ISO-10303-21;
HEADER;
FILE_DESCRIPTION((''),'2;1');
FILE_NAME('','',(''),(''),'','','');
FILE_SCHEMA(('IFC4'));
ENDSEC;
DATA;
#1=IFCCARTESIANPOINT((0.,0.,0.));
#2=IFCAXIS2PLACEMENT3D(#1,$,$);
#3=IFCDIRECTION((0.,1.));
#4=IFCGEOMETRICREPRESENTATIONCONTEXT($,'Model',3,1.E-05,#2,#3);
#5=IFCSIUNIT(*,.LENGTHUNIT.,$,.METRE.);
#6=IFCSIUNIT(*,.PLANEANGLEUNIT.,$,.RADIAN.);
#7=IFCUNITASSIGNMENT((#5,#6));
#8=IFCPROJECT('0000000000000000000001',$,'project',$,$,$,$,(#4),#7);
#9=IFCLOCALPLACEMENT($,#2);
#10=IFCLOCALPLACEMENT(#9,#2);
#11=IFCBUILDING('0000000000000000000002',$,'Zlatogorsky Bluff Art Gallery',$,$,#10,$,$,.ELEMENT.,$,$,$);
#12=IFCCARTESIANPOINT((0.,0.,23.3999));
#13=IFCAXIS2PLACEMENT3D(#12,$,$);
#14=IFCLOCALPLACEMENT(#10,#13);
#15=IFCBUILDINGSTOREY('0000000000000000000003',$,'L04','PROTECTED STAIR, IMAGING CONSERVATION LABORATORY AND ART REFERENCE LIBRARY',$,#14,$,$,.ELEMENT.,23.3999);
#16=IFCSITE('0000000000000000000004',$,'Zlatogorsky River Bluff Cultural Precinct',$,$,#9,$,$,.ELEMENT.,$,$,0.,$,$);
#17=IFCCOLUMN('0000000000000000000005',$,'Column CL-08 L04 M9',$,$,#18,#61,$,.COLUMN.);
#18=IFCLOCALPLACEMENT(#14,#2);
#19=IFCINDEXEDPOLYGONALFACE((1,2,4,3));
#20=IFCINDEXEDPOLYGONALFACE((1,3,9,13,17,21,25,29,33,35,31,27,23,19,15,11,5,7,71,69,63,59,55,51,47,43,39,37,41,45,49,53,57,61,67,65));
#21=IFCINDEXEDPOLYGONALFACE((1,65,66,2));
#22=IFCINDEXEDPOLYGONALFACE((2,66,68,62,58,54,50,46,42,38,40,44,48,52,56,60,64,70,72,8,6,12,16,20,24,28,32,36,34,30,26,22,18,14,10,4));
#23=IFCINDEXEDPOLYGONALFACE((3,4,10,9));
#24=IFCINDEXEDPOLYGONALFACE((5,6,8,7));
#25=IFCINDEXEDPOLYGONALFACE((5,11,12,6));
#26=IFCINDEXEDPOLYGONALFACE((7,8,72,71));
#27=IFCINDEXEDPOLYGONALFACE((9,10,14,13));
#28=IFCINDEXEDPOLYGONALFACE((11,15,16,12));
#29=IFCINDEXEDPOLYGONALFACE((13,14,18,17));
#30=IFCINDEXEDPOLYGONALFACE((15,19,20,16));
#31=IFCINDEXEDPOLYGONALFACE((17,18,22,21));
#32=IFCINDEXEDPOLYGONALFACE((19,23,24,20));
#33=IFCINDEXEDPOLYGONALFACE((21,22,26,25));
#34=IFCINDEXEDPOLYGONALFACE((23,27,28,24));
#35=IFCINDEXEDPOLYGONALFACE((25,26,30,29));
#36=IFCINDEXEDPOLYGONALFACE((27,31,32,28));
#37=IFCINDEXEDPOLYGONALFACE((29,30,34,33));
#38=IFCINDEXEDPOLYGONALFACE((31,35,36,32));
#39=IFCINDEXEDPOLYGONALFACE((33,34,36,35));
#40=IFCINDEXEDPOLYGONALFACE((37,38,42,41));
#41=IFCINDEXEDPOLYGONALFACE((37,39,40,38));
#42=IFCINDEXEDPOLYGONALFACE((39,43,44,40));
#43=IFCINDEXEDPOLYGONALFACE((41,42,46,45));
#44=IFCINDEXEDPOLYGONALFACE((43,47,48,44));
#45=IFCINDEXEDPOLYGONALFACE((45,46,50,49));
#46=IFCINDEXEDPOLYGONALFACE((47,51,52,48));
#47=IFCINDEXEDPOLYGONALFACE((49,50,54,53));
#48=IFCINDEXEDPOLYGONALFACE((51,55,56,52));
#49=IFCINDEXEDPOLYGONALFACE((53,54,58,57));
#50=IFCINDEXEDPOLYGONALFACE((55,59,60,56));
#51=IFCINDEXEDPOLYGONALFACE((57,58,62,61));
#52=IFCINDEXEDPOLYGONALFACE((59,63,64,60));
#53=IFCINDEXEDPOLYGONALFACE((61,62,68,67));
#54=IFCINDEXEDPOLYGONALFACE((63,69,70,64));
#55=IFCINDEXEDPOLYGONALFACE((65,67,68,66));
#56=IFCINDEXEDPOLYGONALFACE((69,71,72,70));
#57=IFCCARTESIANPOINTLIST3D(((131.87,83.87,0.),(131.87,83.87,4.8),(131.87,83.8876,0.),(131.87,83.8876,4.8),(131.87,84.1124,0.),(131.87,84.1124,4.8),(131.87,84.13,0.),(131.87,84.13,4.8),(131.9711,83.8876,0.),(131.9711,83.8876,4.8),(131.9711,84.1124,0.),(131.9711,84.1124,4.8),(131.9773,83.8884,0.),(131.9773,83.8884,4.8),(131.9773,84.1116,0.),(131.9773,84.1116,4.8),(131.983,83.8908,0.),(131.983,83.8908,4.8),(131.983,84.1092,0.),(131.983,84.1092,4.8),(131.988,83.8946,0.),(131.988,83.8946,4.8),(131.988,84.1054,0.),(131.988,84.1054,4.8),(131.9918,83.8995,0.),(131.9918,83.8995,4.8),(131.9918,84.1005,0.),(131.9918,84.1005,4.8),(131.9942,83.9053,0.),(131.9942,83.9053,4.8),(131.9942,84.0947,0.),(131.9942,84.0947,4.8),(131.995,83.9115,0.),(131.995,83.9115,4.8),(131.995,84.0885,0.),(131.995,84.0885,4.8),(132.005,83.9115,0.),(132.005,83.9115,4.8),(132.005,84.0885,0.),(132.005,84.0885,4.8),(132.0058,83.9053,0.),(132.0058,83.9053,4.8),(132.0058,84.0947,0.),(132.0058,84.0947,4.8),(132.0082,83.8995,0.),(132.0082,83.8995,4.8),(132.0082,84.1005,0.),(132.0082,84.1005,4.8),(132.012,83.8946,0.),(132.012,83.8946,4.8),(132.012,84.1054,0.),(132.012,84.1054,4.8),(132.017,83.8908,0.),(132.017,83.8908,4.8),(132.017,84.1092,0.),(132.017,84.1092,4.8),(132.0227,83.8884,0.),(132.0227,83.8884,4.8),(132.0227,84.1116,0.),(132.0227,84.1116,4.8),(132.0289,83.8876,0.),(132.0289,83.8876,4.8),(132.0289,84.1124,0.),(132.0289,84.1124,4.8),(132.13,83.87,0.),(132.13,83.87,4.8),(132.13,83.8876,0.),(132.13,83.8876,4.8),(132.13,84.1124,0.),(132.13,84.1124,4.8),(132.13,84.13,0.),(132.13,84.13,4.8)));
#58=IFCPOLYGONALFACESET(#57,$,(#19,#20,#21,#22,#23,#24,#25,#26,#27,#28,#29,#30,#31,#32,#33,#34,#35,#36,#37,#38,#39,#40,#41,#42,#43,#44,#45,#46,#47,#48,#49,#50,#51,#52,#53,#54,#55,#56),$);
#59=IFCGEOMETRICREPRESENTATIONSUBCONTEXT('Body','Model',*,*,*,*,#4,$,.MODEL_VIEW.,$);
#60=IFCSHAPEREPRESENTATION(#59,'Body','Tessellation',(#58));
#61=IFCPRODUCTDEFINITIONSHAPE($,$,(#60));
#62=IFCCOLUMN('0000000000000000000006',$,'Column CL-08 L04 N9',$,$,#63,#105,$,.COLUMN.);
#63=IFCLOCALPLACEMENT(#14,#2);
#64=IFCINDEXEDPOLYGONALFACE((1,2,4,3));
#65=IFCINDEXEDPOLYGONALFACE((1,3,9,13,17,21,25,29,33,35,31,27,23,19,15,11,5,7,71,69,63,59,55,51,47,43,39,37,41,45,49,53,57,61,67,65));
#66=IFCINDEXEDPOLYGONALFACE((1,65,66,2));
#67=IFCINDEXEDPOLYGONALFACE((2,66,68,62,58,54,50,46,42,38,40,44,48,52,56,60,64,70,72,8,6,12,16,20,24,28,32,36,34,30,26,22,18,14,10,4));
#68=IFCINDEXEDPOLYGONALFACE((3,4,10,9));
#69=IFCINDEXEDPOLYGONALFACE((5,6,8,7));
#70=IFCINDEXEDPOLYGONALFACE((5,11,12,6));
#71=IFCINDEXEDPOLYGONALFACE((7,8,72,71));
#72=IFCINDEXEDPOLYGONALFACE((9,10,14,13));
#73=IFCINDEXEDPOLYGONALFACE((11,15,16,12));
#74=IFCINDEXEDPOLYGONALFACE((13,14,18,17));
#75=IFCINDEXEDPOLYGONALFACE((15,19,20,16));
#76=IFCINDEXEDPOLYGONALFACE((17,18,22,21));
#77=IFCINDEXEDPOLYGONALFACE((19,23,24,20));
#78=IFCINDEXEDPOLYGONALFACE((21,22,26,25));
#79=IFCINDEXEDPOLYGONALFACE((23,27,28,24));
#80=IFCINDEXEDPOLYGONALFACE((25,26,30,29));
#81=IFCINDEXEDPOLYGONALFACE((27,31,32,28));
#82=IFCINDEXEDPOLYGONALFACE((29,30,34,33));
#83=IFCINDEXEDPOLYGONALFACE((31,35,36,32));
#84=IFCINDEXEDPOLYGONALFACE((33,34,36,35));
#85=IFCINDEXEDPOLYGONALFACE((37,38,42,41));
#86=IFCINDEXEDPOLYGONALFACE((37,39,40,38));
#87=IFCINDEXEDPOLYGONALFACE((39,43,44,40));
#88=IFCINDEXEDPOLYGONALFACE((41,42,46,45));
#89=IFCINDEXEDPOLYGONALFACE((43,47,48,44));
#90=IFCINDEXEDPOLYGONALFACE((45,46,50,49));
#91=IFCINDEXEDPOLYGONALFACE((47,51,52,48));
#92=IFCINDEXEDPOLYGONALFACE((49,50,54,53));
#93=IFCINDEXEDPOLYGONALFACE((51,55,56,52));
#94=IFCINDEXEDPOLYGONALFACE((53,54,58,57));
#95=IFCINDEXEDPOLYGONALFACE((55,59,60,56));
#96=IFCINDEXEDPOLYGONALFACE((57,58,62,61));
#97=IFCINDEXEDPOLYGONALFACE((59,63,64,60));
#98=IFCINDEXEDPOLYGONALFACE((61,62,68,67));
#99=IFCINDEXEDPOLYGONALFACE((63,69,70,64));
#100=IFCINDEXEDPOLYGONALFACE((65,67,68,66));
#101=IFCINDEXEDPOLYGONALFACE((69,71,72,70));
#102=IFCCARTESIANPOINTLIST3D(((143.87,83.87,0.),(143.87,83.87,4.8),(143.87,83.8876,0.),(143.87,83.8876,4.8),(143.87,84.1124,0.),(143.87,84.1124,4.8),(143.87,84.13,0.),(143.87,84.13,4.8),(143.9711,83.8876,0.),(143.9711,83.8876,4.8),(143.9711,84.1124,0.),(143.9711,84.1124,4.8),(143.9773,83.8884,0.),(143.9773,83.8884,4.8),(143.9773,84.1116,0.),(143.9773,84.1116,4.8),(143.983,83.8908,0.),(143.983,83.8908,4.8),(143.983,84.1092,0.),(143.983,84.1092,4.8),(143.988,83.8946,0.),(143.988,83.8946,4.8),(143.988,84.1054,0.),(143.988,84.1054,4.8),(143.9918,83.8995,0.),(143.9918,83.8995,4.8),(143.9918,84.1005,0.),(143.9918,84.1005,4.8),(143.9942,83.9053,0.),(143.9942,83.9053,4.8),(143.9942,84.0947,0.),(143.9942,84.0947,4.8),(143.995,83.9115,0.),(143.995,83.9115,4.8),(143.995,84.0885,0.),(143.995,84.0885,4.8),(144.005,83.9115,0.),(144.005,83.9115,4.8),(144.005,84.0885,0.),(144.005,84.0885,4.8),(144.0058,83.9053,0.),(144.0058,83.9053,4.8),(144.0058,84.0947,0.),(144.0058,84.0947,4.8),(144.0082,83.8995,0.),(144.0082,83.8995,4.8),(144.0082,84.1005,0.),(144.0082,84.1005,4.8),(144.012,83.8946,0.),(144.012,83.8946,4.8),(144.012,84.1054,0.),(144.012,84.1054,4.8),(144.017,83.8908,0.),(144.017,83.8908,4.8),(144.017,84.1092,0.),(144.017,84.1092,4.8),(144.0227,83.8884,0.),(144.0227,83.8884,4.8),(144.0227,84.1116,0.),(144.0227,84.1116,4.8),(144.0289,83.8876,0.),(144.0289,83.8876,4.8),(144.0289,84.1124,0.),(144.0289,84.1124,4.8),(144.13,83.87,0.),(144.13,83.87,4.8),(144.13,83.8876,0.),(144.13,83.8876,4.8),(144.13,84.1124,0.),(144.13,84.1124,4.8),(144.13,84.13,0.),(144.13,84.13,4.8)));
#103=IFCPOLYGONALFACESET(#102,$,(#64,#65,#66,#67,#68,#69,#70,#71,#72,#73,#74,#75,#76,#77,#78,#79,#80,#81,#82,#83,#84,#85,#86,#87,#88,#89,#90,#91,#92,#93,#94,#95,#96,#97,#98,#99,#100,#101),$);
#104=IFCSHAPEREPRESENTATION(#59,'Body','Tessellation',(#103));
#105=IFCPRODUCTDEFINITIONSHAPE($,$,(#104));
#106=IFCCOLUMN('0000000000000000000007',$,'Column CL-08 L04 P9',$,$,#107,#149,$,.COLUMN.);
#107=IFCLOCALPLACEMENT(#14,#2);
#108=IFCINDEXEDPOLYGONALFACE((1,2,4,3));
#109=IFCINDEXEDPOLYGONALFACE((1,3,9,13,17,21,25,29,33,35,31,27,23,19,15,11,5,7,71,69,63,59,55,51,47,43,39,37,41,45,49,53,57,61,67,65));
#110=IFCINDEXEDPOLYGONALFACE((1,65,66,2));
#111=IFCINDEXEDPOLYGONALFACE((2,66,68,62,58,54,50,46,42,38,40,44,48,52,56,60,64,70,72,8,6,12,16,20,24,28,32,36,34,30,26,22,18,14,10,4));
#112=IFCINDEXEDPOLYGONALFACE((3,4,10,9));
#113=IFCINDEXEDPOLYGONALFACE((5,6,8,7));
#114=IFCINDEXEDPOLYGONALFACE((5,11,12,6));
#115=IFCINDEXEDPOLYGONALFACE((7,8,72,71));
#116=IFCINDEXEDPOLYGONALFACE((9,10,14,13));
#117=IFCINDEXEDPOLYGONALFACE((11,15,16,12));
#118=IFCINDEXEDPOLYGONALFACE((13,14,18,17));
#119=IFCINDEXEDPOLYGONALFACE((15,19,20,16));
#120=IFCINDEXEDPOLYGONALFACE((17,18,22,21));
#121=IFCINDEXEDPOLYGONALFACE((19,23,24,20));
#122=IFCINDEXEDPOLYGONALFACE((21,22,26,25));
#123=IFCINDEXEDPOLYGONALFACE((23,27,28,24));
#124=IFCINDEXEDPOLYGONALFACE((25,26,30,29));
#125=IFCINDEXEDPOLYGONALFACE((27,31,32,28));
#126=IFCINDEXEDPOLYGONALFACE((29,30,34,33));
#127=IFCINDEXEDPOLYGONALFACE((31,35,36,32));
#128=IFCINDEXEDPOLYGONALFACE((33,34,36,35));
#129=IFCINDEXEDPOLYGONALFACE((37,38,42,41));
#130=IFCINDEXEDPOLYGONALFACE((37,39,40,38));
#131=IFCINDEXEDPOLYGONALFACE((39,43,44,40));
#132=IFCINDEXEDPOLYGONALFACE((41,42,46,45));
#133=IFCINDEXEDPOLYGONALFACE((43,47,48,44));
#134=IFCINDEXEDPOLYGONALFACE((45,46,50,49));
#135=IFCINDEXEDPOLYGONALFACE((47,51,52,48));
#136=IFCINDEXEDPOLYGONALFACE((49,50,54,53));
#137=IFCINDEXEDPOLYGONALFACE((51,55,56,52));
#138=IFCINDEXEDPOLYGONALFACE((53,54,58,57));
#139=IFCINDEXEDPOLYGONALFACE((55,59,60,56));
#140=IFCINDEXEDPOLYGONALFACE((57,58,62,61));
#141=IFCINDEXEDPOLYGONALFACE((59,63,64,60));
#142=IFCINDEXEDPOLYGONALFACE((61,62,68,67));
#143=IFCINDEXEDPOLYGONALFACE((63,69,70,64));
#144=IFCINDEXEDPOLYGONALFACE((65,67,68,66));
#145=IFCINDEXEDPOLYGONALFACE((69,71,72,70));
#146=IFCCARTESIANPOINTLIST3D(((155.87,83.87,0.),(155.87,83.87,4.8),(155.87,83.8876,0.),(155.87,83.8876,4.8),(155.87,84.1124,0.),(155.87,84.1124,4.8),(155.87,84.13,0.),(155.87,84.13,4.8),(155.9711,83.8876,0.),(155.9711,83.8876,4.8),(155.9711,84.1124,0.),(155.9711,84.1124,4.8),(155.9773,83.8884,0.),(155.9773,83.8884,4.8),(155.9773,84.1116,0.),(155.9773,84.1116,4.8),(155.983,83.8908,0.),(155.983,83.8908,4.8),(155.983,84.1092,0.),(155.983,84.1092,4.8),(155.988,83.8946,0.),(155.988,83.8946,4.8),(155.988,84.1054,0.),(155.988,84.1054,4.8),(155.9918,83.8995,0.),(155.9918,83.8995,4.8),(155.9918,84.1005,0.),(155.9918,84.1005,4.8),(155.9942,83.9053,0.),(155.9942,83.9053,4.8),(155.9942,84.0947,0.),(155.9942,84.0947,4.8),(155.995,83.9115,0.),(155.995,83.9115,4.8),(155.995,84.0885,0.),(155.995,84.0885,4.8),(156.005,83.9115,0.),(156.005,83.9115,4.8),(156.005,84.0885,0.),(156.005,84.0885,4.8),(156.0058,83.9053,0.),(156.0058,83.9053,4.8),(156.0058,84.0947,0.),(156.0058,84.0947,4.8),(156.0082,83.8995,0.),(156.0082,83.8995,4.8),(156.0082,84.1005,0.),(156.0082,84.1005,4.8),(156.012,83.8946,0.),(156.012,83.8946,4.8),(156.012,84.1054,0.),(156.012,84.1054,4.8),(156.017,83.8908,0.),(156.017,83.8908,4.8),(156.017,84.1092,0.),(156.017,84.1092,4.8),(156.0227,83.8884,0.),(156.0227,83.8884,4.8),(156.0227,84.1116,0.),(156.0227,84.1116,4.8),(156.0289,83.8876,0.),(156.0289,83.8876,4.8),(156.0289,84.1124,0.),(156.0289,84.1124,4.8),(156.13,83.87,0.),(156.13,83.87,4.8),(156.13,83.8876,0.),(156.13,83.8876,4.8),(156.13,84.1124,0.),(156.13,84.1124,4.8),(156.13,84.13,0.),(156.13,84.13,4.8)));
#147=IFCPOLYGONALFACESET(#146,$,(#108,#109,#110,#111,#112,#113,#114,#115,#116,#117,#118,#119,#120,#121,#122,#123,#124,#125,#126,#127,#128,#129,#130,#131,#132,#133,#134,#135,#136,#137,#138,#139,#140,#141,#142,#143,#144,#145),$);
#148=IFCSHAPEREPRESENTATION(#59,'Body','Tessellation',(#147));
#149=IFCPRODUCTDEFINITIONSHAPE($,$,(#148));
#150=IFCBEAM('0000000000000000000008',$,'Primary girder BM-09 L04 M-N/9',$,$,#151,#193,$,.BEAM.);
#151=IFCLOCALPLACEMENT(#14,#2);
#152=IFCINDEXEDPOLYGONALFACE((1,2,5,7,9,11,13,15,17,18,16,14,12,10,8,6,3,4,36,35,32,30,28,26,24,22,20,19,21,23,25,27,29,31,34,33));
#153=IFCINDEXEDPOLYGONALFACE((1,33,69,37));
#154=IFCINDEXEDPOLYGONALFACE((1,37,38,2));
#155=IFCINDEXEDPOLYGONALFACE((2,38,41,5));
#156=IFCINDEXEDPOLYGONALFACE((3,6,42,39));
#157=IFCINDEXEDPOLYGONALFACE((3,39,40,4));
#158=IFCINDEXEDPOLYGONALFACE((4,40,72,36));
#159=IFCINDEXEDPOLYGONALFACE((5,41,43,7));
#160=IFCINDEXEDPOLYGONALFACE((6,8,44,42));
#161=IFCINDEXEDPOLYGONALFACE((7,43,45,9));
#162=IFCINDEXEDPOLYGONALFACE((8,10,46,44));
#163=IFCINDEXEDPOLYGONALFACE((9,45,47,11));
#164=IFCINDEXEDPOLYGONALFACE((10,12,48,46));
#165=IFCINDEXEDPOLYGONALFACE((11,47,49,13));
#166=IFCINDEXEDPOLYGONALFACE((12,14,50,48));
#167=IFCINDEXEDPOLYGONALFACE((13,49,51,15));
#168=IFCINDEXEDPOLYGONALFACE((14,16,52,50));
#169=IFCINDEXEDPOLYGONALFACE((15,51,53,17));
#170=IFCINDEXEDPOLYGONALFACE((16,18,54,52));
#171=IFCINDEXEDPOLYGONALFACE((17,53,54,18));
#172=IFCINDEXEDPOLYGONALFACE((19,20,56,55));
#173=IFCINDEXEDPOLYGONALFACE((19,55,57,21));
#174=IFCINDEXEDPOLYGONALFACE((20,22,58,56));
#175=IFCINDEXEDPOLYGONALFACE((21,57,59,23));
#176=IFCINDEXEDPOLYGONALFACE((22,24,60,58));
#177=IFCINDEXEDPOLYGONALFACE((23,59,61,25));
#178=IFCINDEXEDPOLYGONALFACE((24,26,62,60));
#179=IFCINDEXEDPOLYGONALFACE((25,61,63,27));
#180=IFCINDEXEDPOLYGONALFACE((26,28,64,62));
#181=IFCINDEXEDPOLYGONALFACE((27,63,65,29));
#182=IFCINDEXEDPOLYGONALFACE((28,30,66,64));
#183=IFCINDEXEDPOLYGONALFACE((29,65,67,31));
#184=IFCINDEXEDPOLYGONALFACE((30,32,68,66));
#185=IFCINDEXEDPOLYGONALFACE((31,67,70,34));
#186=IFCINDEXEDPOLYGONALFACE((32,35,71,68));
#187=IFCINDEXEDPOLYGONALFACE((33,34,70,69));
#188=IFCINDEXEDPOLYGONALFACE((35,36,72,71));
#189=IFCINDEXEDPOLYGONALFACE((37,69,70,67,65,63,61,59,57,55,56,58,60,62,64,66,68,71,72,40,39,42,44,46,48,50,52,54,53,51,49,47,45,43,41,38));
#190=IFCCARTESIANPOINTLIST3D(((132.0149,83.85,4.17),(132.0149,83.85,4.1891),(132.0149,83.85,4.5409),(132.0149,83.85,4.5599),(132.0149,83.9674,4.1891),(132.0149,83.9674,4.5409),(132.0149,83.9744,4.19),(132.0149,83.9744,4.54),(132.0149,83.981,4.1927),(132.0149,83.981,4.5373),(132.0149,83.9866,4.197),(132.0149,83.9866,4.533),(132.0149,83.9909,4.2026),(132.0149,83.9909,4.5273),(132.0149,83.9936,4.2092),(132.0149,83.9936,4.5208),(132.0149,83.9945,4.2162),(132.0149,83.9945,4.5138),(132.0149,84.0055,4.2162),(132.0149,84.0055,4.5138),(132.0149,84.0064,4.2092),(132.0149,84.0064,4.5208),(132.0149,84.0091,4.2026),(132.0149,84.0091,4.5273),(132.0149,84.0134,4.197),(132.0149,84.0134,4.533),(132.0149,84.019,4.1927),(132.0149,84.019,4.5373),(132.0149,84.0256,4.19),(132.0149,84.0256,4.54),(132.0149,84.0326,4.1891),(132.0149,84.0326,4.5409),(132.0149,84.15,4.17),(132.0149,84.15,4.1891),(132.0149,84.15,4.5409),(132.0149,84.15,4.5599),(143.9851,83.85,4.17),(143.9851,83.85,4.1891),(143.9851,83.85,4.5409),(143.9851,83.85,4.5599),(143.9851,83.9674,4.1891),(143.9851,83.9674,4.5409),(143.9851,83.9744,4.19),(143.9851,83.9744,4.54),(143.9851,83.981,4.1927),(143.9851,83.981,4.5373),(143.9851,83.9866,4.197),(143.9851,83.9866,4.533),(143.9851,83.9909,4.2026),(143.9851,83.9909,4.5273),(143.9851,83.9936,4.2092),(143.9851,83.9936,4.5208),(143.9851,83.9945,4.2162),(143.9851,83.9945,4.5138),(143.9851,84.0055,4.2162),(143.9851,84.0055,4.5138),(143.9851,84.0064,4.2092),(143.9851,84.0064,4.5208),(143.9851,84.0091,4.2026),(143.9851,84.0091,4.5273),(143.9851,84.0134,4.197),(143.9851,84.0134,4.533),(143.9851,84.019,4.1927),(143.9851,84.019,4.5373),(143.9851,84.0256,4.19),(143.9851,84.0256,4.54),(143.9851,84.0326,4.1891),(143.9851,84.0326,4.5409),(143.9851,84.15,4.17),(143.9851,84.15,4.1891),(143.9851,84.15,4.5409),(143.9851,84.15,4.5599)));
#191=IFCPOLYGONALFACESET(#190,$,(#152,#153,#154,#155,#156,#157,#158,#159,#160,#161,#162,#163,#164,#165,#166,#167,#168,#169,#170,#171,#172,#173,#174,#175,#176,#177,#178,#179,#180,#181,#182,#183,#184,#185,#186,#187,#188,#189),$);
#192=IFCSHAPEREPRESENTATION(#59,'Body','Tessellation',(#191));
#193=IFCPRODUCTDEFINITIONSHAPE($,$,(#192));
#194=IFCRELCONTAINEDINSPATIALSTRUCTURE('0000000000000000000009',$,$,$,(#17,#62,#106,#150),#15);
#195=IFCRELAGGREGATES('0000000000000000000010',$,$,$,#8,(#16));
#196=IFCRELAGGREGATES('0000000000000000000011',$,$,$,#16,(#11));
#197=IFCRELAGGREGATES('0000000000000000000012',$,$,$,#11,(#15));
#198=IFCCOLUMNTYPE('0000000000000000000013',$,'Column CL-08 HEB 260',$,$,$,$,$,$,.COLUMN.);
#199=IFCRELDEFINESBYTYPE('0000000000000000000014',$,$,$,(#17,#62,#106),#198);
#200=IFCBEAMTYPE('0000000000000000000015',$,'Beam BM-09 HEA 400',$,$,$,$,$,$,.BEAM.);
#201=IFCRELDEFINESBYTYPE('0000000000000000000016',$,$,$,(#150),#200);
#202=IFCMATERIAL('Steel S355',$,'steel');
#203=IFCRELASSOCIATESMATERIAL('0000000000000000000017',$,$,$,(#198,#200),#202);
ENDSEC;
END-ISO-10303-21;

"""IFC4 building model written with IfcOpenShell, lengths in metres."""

from ifc_helpers import new_model, si_unit, direction, frame, origin, origin_2d, place, context, subcontext, project, spatial, i_section, extrude, material, material_profile, profile_set, type_object, element, save


model = new_model("IFC4")

# Units and contexts
model_context = context("Model", 3, precision=1e-05, world=origin(), true_north=direction((0.0, 1.0)))
body_context = subcontext(model_context, "Body", "Model", "MODEL_VIEW")
ifc_project = project(units=[si_unit("LENGTHUNIT", "METRE"), si_unit("PLANEANGLEUNIT", "RADIAN")], contexts=[model_context])

# Site, building, storey
site_placement = place(None, origin())
site = spatial("IfcSite", under=ifc_project, at=site_placement, Name="Zlatogorsky River Bluff Cultural Precinct", CompositionType="ELEMENT", RefElevation=0.0)
building_placement = place(site_placement, origin())
building = spatial("IfcBuilding", under=site, at=building_placement, Name="Zlatogorsky Bluff Art Gallery", CompositionType="ELEMENT")
storey_placement = place(building_placement, frame((0.0, 0.0, 23.3999)))
storey = spatial("IfcBuildingStorey", under=building, at=storey_placement, Name="L04", Description="PROTECTED STAIR, IMAGING CONSERVATION LABORATORY AND ART REFERENCE LIBRARY", CompositionType="ELEMENT", Elevation=23.3999)

# Columns
ifc_material_1 = material(Name="Steel S355", Category="steel")
ifc_material_profile_1 = material_profile(ifc_material_1, i_section(OverallWidth=0.26, OverallDepth=0.26, WebThickness=0.01, FlangeThickness=0.0176, FilletRadius=0.0239, at=origin_2d()), Name="HEB 260")
ifc_profile_set_1 = profile_set([ifc_material_profile_1], Name="Steel S355")
column_type = type_object("IfcColumnType", Name="Column CL-08 HEB 260", PredefinedType="COLUMN", material=ifc_profile_set_1)
for number, where, z_axis, x_axis, name in (
    (1, (132.0, 84.0, 0.0), (0.0, 0.0, 1.0), (1.0, 0.0, 0.0), "Column CL-08 L04 M9"),
    (2, (144.0, 84.0, 0.0), (0.0, 0.0, 1.0), (1.0, 0.0, 0.0), "Column CL-08 L04 N9"),
    (3, (156.0, 84.0, 0.0), (0.0, 0.0, 1.0), (1.0, 0.0, 0.0), "Column CL-08 L04 P9"),
):
    element("IfcColumn", number, at=place(storey_placement, frame(where, z_axis=z_axis, x_axis=x_axis)), inside=storey, type_object=column_type, Name=name, PredefinedType="COLUMN", context=body_context, shape_type="SweptSolid", body=[
        extrude(i_section(OverallWidth=0.26, OverallDepth=0.26, WebThickness=0.01, FlangeThickness=0.0176, FilletRadius=0.0239, at=origin_2d()), origin(), (0.0, 0.0, 1.0), 4.8),
    ])

# Beam
ifc_material_profile_2 = material_profile(ifc_material_1, i_section(OverallWidth=0.3, OverallDepth=0.3899, WebThickness=0.011, FlangeThickness=0.019, FilletRadius=0.0271, at=origin_2d()), Name="HEA 400")
ifc_profile_set_2 = profile_set([ifc_material_profile_2], Name="Steel S355")
beam_type_1 = type_object("IfcBeamType", Name="Beam BM-09 HEA 400", PredefinedType="BEAM", material=ifc_profile_set_2)
for number, where, z_axis, x_axis, name in (
    (4, (132.0149, 84.0, 4.365), (1.0, 0.0, 0.0), (0.0, 1.0, 0.0), "Primary girder BM-09 L04 M-N/9"),
):
    element("IfcBeam", number, at=place(storey_placement, frame(where, z_axis=z_axis, x_axis=x_axis)), inside=storey, type_object=beam_type_1, Name=name, PredefinedType="BEAM", context=body_context, shape_type="SweptSolid", body=[
        extrude(i_section(OverallWidth=0.3, OverallDepth=0.3899, WebThickness=0.011, FlangeThickness=0.019, FilletRadius=0.0271, at=origin_2d()), origin(), (0.0, 0.0, 1.0), 11.9702),
    ])

save(model, "model.ifc")
